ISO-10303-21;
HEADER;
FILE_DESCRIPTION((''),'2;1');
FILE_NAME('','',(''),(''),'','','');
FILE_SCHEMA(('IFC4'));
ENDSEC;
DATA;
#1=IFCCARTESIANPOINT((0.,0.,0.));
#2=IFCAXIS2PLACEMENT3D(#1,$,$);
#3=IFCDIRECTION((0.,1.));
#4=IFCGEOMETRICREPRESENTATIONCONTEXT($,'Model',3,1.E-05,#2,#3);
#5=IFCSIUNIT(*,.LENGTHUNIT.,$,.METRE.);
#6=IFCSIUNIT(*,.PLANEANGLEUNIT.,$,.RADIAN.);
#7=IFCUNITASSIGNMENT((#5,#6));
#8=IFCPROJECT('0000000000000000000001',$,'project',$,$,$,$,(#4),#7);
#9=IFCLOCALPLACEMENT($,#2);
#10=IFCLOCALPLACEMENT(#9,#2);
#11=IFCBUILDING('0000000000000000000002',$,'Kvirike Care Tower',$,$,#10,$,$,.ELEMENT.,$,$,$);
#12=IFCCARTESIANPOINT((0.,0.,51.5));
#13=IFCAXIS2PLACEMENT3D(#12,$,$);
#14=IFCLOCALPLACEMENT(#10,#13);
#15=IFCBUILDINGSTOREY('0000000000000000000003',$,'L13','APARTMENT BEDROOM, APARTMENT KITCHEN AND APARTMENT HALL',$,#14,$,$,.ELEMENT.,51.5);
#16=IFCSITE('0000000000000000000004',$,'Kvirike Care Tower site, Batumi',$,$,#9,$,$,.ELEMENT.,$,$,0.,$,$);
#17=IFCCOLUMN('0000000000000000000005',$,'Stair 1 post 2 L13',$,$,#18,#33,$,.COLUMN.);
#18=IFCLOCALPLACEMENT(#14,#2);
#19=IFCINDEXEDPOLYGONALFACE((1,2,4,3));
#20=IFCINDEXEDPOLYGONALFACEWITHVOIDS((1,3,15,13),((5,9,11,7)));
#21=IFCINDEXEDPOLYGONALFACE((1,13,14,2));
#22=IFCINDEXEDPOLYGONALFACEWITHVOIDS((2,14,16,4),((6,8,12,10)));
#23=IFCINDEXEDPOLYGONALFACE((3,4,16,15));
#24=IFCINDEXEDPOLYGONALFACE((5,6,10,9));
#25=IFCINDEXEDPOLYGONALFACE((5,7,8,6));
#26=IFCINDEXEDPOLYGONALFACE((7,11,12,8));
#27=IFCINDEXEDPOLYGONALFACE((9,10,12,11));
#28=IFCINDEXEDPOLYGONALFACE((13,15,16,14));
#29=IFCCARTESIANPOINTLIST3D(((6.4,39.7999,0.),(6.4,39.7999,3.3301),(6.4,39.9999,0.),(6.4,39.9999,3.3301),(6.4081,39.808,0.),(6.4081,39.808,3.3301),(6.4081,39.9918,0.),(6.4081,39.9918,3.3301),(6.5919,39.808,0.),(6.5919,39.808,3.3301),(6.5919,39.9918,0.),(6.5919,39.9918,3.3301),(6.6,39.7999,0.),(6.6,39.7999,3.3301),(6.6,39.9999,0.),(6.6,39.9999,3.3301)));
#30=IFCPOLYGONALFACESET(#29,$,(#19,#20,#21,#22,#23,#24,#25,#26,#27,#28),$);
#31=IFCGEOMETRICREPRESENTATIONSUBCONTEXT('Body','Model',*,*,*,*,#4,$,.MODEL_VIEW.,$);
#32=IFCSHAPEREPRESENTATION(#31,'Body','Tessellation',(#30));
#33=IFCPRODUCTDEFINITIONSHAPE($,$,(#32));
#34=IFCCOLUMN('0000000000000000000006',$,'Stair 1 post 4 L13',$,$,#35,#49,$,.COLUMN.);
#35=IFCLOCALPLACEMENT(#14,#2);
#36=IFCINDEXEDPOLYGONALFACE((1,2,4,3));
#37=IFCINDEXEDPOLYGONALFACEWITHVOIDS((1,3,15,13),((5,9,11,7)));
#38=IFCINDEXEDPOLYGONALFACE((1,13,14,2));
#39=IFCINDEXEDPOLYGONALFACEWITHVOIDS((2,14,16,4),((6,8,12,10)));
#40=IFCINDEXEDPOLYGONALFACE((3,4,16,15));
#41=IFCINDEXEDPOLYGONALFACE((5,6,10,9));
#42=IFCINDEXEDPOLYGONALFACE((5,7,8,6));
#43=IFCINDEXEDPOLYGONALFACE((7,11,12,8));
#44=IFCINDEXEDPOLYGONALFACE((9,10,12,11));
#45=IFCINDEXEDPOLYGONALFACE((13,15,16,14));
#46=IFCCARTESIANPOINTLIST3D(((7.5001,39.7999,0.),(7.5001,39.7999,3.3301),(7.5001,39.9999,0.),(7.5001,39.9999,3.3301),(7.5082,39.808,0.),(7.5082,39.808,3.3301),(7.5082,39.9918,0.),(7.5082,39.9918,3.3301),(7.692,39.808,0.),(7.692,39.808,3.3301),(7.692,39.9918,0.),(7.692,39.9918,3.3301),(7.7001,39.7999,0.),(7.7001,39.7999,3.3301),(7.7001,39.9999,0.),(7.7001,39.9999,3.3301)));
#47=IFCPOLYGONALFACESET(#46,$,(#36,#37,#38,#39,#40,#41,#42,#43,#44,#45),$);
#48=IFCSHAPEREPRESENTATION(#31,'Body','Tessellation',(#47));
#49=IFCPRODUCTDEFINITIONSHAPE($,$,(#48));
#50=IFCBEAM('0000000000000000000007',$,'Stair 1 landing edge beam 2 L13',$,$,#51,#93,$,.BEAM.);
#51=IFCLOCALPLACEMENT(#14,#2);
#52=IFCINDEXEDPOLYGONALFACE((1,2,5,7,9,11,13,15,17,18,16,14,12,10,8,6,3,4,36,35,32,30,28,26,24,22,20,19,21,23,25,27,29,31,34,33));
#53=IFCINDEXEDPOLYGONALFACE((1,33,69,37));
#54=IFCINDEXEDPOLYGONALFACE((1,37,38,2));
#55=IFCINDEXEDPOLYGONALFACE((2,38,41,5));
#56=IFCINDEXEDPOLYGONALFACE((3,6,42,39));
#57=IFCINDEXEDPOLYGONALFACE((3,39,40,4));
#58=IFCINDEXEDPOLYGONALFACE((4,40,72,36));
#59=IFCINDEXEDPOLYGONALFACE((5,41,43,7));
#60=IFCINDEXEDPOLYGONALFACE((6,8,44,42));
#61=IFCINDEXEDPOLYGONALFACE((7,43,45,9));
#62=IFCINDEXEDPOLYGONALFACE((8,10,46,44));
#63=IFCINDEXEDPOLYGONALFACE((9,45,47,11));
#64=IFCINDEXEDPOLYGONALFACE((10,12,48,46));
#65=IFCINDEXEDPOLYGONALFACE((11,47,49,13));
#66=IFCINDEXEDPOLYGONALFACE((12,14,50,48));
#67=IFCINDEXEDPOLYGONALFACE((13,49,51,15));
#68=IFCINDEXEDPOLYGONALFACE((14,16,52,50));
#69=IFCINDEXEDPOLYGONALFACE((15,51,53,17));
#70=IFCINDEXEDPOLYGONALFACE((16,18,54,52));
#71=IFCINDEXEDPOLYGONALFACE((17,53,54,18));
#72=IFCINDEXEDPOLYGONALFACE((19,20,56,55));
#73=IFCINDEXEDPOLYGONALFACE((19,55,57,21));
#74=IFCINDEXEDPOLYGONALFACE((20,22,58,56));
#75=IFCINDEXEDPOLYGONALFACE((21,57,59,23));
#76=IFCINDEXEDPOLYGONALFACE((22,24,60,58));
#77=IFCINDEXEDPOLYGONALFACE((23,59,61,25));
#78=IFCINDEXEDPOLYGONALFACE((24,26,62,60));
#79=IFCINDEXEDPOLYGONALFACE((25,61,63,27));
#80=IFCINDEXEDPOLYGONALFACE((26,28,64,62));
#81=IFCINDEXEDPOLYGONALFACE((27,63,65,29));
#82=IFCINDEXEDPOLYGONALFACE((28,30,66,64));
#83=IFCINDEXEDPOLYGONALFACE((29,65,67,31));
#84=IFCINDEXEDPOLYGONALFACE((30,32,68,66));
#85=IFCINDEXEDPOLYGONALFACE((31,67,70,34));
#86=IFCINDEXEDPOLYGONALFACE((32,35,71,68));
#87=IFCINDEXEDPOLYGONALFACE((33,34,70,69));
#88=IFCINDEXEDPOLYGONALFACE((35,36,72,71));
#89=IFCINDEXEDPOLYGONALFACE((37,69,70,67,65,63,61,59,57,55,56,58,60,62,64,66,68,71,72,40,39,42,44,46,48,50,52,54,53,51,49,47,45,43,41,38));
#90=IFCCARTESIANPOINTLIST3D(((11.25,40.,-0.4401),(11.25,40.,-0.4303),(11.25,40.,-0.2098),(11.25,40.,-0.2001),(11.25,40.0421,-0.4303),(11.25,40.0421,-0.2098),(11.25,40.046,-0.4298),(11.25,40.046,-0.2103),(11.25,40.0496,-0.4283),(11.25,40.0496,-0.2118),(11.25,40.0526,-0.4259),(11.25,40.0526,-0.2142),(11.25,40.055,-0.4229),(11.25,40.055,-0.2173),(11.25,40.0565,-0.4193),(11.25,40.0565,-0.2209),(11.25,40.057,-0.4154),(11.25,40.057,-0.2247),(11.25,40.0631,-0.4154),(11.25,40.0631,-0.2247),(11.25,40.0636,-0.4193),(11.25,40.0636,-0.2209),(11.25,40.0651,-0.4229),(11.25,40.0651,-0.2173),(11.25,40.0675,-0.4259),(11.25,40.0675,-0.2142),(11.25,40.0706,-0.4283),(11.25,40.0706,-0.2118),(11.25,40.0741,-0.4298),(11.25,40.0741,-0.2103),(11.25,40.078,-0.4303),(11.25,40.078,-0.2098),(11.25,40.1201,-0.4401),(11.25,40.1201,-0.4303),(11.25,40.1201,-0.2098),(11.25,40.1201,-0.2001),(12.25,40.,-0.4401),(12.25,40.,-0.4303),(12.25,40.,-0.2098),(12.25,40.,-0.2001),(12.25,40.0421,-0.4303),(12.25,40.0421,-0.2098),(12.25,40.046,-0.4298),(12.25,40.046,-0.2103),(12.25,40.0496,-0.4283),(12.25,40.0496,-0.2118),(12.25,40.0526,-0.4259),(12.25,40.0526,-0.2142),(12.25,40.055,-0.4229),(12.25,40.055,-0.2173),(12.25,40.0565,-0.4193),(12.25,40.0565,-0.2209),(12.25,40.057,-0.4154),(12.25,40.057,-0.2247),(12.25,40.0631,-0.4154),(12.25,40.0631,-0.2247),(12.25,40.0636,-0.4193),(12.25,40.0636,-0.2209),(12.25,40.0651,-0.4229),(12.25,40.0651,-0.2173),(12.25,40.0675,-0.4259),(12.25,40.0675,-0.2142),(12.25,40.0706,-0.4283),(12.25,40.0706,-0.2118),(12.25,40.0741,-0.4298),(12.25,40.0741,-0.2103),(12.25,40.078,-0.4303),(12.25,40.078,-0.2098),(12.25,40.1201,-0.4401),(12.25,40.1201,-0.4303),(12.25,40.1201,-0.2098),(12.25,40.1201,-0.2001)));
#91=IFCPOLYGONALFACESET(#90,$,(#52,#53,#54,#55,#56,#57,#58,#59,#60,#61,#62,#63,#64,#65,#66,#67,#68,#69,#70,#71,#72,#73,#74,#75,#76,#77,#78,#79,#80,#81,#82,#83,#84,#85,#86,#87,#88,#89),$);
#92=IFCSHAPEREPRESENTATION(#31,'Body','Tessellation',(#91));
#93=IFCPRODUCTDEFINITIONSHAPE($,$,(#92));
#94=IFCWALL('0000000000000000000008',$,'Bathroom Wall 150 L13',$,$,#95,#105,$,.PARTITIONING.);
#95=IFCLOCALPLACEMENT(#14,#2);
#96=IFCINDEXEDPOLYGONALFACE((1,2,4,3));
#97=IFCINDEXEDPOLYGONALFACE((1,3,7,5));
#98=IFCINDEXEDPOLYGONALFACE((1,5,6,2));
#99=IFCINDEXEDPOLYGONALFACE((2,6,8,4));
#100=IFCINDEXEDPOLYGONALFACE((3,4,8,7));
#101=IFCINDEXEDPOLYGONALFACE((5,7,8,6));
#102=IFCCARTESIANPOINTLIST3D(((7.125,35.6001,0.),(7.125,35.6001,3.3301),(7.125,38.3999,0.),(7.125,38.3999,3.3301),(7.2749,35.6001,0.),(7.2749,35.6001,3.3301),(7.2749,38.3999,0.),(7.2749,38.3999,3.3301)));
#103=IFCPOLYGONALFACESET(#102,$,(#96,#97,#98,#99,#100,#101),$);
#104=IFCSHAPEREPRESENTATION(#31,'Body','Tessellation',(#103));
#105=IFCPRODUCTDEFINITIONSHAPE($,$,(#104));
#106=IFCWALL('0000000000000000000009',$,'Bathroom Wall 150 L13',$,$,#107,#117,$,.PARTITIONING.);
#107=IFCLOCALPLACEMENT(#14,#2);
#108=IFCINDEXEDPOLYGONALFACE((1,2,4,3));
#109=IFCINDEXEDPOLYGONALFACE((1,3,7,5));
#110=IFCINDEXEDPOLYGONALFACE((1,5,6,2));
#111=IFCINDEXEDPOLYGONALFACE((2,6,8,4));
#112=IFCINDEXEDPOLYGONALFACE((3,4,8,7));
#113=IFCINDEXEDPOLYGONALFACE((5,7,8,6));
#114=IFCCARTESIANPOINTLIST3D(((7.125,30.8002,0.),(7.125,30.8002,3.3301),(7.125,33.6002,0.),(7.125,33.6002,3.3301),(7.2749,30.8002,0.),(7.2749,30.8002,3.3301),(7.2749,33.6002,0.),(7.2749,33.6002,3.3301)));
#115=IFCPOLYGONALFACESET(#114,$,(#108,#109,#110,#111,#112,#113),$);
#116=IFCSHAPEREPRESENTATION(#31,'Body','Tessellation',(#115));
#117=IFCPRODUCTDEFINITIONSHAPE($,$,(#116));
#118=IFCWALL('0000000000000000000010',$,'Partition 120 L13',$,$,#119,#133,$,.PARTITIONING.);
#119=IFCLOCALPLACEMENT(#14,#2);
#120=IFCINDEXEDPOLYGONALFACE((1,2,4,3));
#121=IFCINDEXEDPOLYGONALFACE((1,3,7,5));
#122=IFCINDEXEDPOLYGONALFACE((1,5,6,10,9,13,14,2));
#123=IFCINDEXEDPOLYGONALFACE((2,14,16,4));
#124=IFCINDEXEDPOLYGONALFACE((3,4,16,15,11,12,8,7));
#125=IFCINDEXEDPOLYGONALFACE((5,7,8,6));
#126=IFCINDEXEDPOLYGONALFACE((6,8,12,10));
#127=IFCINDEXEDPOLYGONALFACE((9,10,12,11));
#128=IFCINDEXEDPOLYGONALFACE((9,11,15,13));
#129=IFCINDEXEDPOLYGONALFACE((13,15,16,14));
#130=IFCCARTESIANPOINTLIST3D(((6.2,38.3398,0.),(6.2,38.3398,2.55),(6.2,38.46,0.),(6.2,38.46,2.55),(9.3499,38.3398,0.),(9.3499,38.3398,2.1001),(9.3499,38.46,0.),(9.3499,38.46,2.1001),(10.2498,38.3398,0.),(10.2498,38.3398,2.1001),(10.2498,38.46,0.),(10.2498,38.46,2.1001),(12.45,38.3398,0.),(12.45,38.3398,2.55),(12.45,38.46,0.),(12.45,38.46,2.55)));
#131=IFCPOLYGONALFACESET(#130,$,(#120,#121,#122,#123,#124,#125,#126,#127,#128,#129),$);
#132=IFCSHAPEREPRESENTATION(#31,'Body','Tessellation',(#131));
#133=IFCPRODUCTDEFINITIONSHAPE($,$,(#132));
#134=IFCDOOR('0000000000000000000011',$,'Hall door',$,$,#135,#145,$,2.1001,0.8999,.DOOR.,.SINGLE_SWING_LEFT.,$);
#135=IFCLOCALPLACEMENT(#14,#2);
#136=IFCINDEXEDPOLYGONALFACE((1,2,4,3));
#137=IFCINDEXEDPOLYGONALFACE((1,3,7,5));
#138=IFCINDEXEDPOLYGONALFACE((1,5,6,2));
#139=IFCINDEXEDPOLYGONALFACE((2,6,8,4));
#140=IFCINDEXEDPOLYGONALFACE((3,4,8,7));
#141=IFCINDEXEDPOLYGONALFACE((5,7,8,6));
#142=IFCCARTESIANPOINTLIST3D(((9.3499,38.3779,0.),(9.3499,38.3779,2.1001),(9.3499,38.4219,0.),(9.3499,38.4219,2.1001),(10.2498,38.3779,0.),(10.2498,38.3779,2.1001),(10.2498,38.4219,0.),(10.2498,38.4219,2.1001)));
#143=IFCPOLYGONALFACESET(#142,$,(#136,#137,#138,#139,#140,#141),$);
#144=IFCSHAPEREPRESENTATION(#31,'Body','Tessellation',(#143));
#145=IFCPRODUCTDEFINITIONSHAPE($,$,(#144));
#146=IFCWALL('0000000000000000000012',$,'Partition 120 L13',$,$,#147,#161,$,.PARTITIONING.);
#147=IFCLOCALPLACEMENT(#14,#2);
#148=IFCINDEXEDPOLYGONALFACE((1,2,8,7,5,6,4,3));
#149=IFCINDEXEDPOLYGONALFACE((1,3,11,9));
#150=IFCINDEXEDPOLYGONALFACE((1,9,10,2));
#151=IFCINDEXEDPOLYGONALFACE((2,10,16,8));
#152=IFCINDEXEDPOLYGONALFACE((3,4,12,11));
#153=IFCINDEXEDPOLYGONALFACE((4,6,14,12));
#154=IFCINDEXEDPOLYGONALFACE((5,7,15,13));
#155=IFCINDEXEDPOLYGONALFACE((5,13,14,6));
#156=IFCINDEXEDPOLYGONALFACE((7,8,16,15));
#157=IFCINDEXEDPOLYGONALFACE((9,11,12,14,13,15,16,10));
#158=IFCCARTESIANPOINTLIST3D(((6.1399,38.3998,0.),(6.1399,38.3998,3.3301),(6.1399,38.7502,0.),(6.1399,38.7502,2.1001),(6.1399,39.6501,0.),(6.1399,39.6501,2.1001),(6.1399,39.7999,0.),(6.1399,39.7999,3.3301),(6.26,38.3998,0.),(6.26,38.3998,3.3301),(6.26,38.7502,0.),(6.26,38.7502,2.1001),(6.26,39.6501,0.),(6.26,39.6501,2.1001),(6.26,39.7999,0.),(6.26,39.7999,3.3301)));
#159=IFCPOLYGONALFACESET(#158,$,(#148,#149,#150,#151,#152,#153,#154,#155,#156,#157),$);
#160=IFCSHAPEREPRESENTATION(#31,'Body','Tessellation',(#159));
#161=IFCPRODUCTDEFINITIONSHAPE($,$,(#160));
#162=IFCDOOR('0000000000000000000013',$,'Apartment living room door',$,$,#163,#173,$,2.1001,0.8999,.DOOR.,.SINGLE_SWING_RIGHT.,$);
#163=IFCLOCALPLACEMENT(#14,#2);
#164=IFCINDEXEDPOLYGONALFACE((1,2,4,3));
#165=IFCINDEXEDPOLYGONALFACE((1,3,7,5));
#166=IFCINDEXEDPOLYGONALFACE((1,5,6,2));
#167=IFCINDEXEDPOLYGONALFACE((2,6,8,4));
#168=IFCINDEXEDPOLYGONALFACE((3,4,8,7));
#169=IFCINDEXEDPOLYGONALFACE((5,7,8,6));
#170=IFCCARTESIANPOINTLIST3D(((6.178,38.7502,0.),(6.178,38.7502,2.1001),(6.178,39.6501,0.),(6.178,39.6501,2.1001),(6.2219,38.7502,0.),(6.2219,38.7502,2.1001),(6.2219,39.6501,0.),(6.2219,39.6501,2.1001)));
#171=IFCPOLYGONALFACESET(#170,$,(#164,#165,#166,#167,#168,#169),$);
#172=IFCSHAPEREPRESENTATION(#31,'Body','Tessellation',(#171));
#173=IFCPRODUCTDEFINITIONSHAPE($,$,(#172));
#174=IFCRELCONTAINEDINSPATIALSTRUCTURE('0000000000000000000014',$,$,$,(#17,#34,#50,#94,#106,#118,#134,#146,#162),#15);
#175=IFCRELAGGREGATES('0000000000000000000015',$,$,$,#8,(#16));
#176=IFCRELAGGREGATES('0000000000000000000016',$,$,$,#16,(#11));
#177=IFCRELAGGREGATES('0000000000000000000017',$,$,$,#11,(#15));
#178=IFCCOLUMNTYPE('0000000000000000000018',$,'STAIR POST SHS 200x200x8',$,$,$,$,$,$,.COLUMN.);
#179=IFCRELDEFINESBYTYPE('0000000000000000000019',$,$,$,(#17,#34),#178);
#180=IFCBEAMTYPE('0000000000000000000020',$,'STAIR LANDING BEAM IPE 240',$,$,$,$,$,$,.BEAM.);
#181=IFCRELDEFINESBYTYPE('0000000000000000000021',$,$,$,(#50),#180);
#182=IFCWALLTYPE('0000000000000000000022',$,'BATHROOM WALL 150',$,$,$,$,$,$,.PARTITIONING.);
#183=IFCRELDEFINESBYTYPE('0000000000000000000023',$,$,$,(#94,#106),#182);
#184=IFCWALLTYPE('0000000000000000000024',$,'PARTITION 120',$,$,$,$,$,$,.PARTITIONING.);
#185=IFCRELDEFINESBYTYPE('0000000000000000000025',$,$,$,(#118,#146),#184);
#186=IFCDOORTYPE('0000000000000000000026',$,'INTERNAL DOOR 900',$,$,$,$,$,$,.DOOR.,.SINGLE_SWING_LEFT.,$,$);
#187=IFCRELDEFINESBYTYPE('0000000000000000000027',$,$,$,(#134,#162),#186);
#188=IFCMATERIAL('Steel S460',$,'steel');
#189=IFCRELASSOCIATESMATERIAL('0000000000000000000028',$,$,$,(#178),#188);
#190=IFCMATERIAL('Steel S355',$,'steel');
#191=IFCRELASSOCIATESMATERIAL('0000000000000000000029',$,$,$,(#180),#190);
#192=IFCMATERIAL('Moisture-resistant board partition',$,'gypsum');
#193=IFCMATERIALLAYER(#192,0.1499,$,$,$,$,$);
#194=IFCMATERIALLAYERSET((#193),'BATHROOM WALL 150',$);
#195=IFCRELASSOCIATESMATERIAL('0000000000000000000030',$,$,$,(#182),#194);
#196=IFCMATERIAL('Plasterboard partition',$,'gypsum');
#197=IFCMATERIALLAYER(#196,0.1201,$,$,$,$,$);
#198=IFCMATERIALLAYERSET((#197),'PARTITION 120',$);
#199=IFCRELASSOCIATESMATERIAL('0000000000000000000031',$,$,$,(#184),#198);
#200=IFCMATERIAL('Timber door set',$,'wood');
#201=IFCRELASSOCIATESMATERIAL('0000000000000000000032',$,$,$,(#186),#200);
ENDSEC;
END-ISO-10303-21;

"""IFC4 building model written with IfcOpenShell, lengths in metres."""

from ifc_helpers import new_model, si_unit, direction, frame, frame_2d, origin, origin_2d, place, context, subcontext, project, spatial, rectangle, hollow_rectangle, i_section, extrude, material, layer, layer_set, material_profile, profile_set, type_object, element, fill, save


model = new_model("IFC4")

# Units and contexts
model_context = context("Model", 3, precision=1e-05, world=origin(), true_north=direction((0.0, 1.0)))
body_context = subcontext(model_context, "Body", "Model", "MODEL_VIEW")
ifc_project = project(units=[si_unit("LENGTHUNIT", "METRE"), si_unit("PLANEANGLEUNIT", "RADIAN")], contexts=[model_context])

# Site, building, storey
site_placement = place(None, origin())
site = spatial("IfcSite", under=ifc_project, at=site_placement, Name="Kvirike Care Tower site, Batumi", CompositionType="ELEMENT", RefElevation=0.0)
building_placement = place(site_placement, origin())
building = spatial("IfcBuilding", under=site, at=building_placement, Name="Kvirike Care Tower", CompositionType="ELEMENT")
storey_placement = place(building_placement, frame((0.0, 0.0, 51.5)))
storey = spatial("IfcBuildingStorey", under=building, at=storey_placement, Name="L13", Description="APARTMENT BEDROOM, APARTMENT KITCHEN AND APARTMENT HALL", CompositionType="ELEMENT", Elevation=51.5)

# Columns
ifc_material_1 = material(Name="Steel S460", Category="steel")
ifc_material_profile_1 = material_profile(ifc_material_1, hollow_rectangle(XDim=0.2, YDim=0.2, WallThickness=0.0081, at=origin_2d()), Name="SHS 200x200x8")
ifc_profile_set_1 = profile_set([ifc_material_profile_1], Name="Steel S460")
column_type = type_object("IfcColumnType", Name="STAIR POST SHS 200x200x8", PredefinedType="COLUMN", material=ifc_profile_set_1)
for number, where, z_axis, x_axis, name in (
    (1, (6.5, 39.8999, 0.0), (0.0, 0.0, 1.0), (1.0, 0.0, 0.0), "Stair 1 post 2 L13"),
    (2, (7.6001, 39.8999, 0.0), (0.0, 0.0, 1.0), (1.0, 0.0, 0.0), "Stair 1 post 4 L13"),
):
    element("IfcColumn", number, at=place(storey_placement, frame(where, z_axis=z_axis, x_axis=x_axis)), inside=storey, type_object=column_type, Name=name, PredefinedType="COLUMN", context=body_context, shape_type="SweptSolid", body=[
        extrude(hollow_rectangle(XDim=0.2, YDim=0.2, WallThickness=0.0081, at=origin_2d()), origin(), (0.0, 0.0, 1.0), 3.3301),
    ])

# Beam
ifc_material_2 = material(Name="Steel S355", Category="steel")
ifc_material_profile_2 = material_profile(ifc_material_2, i_section(OverallWidth=0.1201, OverallDepth=0.24, WebThickness=0.0061, FlangeThickness=0.0098, FilletRadius=0.0149, at=origin_2d()), Name="IPE 240")
ifc_profile_set_2 = profile_set([ifc_material_profile_2], Name="Steel S355")
beam_type = type_object("IfcBeamType", Name="STAIR LANDING BEAM IPE 240", PredefinedType="BEAM", material=ifc_profile_set_2)
beam_placement = place(storey_placement, frame((11.25, 40.0601, -0.3201), z_axis=(1.0, 0.0, 0.0), x_axis=(0.0, 1.0, 0.0)))
element("IfcBeam", 3, at=beam_placement, inside=storey, type_object=beam_type, Name="Stair 1 landing edge beam 2 L13", PredefinedType="BEAM", context=body_context, shape_type="SweptSolid", body=[
    extrude(i_section(OverallWidth=0.1201, OverallDepth=0.24, WebThickness=0.0061, FlangeThickness=0.0098, FilletRadius=0.0149, at=origin_2d()), origin(), (0.0, 0.0, 1.0), 1.0),
])

# Walls
ifc_material_3 = material(Name="Moisture-resistant board partition", Category="gypsum")
ifc_layer_1 = layer(ifc_material_3, 0.1499)
ifc_layer_set_1 = layer_set([ifc_layer_1], Name="BATHROOM WALL 150")
wall_type_1 = type_object("IfcWallType", Name="BATHROOM WALL 150", PredefinedType="PARTITIONING", material=ifc_layer_set_1)
wall_1_placement = place(storey_placement, frame((7.2, 38.3999, 0.0), z_axis=(0.0, 0.0, 1.0), x_axis=(0.0, -1.0, 0.0)))
element("IfcWall", 4, at=wall_1_placement, inside=storey, type_object=wall_type_1, Name="Bathroom Wall 150 L13", PredefinedType="PARTITIONING", context=body_context, shape_type="SweptSolid", body=[
    extrude(rectangle(XDim=2.7998, YDim=0.1499, at=frame_2d((1.3999, 0.0))), origin(), (0.0, 0.0, 1.0), 3.3301),
])
wall_2_placement = place(storey_placement, frame((7.2, 33.6001, 0.0), z_axis=(0.0, 0.0, 1.0), x_axis=(0.0, -1.0, 0.0)))
element("IfcWall", 5, at=wall_2_placement, inside=storey, type_object=wall_type_1, Name="Bathroom Wall 150 L13", PredefinedType="PARTITIONING", context=body_context, shape_type="SweptSolid", body=[
    extrude(rectangle(XDim=2.8, YDim=0.1499, at=frame_2d((1.3999, 0.0))), origin(), (0.0, 0.0, 1.0), 3.3301),
])

# Walls, openings, doors
ifc_material_4 = material(Name="Plasterboard partition", Category="gypsum")
ifc_layer_2 = layer(ifc_material_4, 0.1201)
ifc_layer_set_2 = layer_set([ifc_layer_2], Name="PARTITION 120")
wall_type_2 = type_object("IfcWallType", Name="PARTITION 120", PredefinedType="PARTITIONING", material=ifc_layer_set_2)
wall_3_placement = place(storey_placement, frame((6.2, 38.3999, 0.0), z_axis=(0.0, 0.0, 1.0), x_axis=(1.0, 0.0, 0.0)))
wall_3 = element("IfcWall", 6, at=wall_3_placement, inside=storey, type_object=wall_type_2, Name="Partition 120 L13", PredefinedType="PARTITIONING", context=body_context, shape_type="SweptSolid", body=[
    extrude(rectangle(XDim=6.25, YDim=0.1201, at=frame_2d((3.125, 0.0))), origin(), (0.0, 0.0, 1.0), 2.55),
])
opening_1_placement = place(wall_3_placement, frame((3.1499, 0.0, 0.0)))
opening_1 = element("IfcOpeningElement", 7, at=opening_1_placement, cuts=wall_3, PredefinedType="OPENING", context=body_context, shape_type="SweptSolid", body=[
    extrude(rectangle(XDim=0.8999, YDim=2.1001, at=frame_2d((0.45, 1.05))), frame((0.0, 0.0706, 0.0), z_axis=(0.0, -1.0, 0.0), x_axis=(1.0, 0.0, 0.0)), (0.0, 0.0, 1.0), 0.1411),
])
ifc_material_5 = material(Name="Timber door set", Category="wood")
door_type_1 = type_object("IfcDoorType", Name="INTERNAL DOOR 900", OperationType="SINGLE_SWING_LEFT", PredefinedType="DOOR", material=ifc_material_5)
door_1_placement = place(opening_1_placement, origin())
door_1 = element("IfcDoor", 8, at=door_1_placement, inside=storey, type_object=door_type_1, Name="Hall door", OperationType="SINGLE_SWING_LEFT", OverallHeight=2.1001, OverallWidth=0.8999, PredefinedType="DOOR", context=body_context, shape_type="SweptSolid", body=[
    extrude(rectangle(XDim=0.8999, YDim=2.1001, at=frame_2d((0.45, 1.05))), frame((0.0, 0.022, 0.0), z_axis=(0.0, -1.0, 0.0), x_axis=(1.0, 0.0, 0.0)), (0.0, 0.0, 1.0), 0.0439),
])
fill(opening_1, door_1)
wall_4_placement = place(storey_placement, frame((6.2, 39.8, 0.0), z_axis=(0.0, 0.0, 1.0), x_axis=(0.0, -1.0, 0.0)))
wall_4 = element("IfcWall", 9, at=wall_4_placement, inside=storey, type_object=wall_type_2, Name="Partition 120 L13", PredefinedType="PARTITIONING", context=body_context, shape_type="SweptSolid", body=[
    extrude(rectangle(XDim=1.4001, YDim=0.1201, at=frame_2d((0.7002, 0.0))), origin(), (0.0, 0.0, 1.0), 3.3301),
])
opening_2_placement = place(wall_4_placement, frame((0.1499, 0.0, 0.0)))
opening_2 = element("IfcOpeningElement", 10, at=opening_2_placement, cuts=wall_4, PredefinedType="OPENING", context=body_context, shape_type="SweptSolid", body=[
    extrude(rectangle(XDim=0.8999, YDim=2.1001, at=frame_2d((0.45, 1.05))), frame((0.0, 0.0706, 0.0), z_axis=(0.0, -1.0, 0.0), x_axis=(1.0, 0.0, 0.0)), (0.0, 0.0, 1.0), 0.1411),
])
door_2_placement = place(opening_2_placement, origin())
door_2 = element("IfcDoor", 11, at=door_2_placement, inside=storey, type_object=door_type_1, Name="Apartment living room door", OperationType="SINGLE_SWING_RIGHT", OverallHeight=2.1001, OverallWidth=0.8999, PredefinedType="DOOR", context=body_context, shape_type="SweptSolid", body=[
    extrude(rectangle(XDim=0.8999, YDim=2.1001, at=frame_2d((0.45, 1.05))), frame((0.0, 0.022, 0.0), z_axis=(0.0, -1.0, 0.0), x_axis=(1.0, 0.0, 0.0)), (0.0, 0.0, 1.0), 0.0439),
])
fill(opening_2, door_2)

save(model, "model.ifc")
